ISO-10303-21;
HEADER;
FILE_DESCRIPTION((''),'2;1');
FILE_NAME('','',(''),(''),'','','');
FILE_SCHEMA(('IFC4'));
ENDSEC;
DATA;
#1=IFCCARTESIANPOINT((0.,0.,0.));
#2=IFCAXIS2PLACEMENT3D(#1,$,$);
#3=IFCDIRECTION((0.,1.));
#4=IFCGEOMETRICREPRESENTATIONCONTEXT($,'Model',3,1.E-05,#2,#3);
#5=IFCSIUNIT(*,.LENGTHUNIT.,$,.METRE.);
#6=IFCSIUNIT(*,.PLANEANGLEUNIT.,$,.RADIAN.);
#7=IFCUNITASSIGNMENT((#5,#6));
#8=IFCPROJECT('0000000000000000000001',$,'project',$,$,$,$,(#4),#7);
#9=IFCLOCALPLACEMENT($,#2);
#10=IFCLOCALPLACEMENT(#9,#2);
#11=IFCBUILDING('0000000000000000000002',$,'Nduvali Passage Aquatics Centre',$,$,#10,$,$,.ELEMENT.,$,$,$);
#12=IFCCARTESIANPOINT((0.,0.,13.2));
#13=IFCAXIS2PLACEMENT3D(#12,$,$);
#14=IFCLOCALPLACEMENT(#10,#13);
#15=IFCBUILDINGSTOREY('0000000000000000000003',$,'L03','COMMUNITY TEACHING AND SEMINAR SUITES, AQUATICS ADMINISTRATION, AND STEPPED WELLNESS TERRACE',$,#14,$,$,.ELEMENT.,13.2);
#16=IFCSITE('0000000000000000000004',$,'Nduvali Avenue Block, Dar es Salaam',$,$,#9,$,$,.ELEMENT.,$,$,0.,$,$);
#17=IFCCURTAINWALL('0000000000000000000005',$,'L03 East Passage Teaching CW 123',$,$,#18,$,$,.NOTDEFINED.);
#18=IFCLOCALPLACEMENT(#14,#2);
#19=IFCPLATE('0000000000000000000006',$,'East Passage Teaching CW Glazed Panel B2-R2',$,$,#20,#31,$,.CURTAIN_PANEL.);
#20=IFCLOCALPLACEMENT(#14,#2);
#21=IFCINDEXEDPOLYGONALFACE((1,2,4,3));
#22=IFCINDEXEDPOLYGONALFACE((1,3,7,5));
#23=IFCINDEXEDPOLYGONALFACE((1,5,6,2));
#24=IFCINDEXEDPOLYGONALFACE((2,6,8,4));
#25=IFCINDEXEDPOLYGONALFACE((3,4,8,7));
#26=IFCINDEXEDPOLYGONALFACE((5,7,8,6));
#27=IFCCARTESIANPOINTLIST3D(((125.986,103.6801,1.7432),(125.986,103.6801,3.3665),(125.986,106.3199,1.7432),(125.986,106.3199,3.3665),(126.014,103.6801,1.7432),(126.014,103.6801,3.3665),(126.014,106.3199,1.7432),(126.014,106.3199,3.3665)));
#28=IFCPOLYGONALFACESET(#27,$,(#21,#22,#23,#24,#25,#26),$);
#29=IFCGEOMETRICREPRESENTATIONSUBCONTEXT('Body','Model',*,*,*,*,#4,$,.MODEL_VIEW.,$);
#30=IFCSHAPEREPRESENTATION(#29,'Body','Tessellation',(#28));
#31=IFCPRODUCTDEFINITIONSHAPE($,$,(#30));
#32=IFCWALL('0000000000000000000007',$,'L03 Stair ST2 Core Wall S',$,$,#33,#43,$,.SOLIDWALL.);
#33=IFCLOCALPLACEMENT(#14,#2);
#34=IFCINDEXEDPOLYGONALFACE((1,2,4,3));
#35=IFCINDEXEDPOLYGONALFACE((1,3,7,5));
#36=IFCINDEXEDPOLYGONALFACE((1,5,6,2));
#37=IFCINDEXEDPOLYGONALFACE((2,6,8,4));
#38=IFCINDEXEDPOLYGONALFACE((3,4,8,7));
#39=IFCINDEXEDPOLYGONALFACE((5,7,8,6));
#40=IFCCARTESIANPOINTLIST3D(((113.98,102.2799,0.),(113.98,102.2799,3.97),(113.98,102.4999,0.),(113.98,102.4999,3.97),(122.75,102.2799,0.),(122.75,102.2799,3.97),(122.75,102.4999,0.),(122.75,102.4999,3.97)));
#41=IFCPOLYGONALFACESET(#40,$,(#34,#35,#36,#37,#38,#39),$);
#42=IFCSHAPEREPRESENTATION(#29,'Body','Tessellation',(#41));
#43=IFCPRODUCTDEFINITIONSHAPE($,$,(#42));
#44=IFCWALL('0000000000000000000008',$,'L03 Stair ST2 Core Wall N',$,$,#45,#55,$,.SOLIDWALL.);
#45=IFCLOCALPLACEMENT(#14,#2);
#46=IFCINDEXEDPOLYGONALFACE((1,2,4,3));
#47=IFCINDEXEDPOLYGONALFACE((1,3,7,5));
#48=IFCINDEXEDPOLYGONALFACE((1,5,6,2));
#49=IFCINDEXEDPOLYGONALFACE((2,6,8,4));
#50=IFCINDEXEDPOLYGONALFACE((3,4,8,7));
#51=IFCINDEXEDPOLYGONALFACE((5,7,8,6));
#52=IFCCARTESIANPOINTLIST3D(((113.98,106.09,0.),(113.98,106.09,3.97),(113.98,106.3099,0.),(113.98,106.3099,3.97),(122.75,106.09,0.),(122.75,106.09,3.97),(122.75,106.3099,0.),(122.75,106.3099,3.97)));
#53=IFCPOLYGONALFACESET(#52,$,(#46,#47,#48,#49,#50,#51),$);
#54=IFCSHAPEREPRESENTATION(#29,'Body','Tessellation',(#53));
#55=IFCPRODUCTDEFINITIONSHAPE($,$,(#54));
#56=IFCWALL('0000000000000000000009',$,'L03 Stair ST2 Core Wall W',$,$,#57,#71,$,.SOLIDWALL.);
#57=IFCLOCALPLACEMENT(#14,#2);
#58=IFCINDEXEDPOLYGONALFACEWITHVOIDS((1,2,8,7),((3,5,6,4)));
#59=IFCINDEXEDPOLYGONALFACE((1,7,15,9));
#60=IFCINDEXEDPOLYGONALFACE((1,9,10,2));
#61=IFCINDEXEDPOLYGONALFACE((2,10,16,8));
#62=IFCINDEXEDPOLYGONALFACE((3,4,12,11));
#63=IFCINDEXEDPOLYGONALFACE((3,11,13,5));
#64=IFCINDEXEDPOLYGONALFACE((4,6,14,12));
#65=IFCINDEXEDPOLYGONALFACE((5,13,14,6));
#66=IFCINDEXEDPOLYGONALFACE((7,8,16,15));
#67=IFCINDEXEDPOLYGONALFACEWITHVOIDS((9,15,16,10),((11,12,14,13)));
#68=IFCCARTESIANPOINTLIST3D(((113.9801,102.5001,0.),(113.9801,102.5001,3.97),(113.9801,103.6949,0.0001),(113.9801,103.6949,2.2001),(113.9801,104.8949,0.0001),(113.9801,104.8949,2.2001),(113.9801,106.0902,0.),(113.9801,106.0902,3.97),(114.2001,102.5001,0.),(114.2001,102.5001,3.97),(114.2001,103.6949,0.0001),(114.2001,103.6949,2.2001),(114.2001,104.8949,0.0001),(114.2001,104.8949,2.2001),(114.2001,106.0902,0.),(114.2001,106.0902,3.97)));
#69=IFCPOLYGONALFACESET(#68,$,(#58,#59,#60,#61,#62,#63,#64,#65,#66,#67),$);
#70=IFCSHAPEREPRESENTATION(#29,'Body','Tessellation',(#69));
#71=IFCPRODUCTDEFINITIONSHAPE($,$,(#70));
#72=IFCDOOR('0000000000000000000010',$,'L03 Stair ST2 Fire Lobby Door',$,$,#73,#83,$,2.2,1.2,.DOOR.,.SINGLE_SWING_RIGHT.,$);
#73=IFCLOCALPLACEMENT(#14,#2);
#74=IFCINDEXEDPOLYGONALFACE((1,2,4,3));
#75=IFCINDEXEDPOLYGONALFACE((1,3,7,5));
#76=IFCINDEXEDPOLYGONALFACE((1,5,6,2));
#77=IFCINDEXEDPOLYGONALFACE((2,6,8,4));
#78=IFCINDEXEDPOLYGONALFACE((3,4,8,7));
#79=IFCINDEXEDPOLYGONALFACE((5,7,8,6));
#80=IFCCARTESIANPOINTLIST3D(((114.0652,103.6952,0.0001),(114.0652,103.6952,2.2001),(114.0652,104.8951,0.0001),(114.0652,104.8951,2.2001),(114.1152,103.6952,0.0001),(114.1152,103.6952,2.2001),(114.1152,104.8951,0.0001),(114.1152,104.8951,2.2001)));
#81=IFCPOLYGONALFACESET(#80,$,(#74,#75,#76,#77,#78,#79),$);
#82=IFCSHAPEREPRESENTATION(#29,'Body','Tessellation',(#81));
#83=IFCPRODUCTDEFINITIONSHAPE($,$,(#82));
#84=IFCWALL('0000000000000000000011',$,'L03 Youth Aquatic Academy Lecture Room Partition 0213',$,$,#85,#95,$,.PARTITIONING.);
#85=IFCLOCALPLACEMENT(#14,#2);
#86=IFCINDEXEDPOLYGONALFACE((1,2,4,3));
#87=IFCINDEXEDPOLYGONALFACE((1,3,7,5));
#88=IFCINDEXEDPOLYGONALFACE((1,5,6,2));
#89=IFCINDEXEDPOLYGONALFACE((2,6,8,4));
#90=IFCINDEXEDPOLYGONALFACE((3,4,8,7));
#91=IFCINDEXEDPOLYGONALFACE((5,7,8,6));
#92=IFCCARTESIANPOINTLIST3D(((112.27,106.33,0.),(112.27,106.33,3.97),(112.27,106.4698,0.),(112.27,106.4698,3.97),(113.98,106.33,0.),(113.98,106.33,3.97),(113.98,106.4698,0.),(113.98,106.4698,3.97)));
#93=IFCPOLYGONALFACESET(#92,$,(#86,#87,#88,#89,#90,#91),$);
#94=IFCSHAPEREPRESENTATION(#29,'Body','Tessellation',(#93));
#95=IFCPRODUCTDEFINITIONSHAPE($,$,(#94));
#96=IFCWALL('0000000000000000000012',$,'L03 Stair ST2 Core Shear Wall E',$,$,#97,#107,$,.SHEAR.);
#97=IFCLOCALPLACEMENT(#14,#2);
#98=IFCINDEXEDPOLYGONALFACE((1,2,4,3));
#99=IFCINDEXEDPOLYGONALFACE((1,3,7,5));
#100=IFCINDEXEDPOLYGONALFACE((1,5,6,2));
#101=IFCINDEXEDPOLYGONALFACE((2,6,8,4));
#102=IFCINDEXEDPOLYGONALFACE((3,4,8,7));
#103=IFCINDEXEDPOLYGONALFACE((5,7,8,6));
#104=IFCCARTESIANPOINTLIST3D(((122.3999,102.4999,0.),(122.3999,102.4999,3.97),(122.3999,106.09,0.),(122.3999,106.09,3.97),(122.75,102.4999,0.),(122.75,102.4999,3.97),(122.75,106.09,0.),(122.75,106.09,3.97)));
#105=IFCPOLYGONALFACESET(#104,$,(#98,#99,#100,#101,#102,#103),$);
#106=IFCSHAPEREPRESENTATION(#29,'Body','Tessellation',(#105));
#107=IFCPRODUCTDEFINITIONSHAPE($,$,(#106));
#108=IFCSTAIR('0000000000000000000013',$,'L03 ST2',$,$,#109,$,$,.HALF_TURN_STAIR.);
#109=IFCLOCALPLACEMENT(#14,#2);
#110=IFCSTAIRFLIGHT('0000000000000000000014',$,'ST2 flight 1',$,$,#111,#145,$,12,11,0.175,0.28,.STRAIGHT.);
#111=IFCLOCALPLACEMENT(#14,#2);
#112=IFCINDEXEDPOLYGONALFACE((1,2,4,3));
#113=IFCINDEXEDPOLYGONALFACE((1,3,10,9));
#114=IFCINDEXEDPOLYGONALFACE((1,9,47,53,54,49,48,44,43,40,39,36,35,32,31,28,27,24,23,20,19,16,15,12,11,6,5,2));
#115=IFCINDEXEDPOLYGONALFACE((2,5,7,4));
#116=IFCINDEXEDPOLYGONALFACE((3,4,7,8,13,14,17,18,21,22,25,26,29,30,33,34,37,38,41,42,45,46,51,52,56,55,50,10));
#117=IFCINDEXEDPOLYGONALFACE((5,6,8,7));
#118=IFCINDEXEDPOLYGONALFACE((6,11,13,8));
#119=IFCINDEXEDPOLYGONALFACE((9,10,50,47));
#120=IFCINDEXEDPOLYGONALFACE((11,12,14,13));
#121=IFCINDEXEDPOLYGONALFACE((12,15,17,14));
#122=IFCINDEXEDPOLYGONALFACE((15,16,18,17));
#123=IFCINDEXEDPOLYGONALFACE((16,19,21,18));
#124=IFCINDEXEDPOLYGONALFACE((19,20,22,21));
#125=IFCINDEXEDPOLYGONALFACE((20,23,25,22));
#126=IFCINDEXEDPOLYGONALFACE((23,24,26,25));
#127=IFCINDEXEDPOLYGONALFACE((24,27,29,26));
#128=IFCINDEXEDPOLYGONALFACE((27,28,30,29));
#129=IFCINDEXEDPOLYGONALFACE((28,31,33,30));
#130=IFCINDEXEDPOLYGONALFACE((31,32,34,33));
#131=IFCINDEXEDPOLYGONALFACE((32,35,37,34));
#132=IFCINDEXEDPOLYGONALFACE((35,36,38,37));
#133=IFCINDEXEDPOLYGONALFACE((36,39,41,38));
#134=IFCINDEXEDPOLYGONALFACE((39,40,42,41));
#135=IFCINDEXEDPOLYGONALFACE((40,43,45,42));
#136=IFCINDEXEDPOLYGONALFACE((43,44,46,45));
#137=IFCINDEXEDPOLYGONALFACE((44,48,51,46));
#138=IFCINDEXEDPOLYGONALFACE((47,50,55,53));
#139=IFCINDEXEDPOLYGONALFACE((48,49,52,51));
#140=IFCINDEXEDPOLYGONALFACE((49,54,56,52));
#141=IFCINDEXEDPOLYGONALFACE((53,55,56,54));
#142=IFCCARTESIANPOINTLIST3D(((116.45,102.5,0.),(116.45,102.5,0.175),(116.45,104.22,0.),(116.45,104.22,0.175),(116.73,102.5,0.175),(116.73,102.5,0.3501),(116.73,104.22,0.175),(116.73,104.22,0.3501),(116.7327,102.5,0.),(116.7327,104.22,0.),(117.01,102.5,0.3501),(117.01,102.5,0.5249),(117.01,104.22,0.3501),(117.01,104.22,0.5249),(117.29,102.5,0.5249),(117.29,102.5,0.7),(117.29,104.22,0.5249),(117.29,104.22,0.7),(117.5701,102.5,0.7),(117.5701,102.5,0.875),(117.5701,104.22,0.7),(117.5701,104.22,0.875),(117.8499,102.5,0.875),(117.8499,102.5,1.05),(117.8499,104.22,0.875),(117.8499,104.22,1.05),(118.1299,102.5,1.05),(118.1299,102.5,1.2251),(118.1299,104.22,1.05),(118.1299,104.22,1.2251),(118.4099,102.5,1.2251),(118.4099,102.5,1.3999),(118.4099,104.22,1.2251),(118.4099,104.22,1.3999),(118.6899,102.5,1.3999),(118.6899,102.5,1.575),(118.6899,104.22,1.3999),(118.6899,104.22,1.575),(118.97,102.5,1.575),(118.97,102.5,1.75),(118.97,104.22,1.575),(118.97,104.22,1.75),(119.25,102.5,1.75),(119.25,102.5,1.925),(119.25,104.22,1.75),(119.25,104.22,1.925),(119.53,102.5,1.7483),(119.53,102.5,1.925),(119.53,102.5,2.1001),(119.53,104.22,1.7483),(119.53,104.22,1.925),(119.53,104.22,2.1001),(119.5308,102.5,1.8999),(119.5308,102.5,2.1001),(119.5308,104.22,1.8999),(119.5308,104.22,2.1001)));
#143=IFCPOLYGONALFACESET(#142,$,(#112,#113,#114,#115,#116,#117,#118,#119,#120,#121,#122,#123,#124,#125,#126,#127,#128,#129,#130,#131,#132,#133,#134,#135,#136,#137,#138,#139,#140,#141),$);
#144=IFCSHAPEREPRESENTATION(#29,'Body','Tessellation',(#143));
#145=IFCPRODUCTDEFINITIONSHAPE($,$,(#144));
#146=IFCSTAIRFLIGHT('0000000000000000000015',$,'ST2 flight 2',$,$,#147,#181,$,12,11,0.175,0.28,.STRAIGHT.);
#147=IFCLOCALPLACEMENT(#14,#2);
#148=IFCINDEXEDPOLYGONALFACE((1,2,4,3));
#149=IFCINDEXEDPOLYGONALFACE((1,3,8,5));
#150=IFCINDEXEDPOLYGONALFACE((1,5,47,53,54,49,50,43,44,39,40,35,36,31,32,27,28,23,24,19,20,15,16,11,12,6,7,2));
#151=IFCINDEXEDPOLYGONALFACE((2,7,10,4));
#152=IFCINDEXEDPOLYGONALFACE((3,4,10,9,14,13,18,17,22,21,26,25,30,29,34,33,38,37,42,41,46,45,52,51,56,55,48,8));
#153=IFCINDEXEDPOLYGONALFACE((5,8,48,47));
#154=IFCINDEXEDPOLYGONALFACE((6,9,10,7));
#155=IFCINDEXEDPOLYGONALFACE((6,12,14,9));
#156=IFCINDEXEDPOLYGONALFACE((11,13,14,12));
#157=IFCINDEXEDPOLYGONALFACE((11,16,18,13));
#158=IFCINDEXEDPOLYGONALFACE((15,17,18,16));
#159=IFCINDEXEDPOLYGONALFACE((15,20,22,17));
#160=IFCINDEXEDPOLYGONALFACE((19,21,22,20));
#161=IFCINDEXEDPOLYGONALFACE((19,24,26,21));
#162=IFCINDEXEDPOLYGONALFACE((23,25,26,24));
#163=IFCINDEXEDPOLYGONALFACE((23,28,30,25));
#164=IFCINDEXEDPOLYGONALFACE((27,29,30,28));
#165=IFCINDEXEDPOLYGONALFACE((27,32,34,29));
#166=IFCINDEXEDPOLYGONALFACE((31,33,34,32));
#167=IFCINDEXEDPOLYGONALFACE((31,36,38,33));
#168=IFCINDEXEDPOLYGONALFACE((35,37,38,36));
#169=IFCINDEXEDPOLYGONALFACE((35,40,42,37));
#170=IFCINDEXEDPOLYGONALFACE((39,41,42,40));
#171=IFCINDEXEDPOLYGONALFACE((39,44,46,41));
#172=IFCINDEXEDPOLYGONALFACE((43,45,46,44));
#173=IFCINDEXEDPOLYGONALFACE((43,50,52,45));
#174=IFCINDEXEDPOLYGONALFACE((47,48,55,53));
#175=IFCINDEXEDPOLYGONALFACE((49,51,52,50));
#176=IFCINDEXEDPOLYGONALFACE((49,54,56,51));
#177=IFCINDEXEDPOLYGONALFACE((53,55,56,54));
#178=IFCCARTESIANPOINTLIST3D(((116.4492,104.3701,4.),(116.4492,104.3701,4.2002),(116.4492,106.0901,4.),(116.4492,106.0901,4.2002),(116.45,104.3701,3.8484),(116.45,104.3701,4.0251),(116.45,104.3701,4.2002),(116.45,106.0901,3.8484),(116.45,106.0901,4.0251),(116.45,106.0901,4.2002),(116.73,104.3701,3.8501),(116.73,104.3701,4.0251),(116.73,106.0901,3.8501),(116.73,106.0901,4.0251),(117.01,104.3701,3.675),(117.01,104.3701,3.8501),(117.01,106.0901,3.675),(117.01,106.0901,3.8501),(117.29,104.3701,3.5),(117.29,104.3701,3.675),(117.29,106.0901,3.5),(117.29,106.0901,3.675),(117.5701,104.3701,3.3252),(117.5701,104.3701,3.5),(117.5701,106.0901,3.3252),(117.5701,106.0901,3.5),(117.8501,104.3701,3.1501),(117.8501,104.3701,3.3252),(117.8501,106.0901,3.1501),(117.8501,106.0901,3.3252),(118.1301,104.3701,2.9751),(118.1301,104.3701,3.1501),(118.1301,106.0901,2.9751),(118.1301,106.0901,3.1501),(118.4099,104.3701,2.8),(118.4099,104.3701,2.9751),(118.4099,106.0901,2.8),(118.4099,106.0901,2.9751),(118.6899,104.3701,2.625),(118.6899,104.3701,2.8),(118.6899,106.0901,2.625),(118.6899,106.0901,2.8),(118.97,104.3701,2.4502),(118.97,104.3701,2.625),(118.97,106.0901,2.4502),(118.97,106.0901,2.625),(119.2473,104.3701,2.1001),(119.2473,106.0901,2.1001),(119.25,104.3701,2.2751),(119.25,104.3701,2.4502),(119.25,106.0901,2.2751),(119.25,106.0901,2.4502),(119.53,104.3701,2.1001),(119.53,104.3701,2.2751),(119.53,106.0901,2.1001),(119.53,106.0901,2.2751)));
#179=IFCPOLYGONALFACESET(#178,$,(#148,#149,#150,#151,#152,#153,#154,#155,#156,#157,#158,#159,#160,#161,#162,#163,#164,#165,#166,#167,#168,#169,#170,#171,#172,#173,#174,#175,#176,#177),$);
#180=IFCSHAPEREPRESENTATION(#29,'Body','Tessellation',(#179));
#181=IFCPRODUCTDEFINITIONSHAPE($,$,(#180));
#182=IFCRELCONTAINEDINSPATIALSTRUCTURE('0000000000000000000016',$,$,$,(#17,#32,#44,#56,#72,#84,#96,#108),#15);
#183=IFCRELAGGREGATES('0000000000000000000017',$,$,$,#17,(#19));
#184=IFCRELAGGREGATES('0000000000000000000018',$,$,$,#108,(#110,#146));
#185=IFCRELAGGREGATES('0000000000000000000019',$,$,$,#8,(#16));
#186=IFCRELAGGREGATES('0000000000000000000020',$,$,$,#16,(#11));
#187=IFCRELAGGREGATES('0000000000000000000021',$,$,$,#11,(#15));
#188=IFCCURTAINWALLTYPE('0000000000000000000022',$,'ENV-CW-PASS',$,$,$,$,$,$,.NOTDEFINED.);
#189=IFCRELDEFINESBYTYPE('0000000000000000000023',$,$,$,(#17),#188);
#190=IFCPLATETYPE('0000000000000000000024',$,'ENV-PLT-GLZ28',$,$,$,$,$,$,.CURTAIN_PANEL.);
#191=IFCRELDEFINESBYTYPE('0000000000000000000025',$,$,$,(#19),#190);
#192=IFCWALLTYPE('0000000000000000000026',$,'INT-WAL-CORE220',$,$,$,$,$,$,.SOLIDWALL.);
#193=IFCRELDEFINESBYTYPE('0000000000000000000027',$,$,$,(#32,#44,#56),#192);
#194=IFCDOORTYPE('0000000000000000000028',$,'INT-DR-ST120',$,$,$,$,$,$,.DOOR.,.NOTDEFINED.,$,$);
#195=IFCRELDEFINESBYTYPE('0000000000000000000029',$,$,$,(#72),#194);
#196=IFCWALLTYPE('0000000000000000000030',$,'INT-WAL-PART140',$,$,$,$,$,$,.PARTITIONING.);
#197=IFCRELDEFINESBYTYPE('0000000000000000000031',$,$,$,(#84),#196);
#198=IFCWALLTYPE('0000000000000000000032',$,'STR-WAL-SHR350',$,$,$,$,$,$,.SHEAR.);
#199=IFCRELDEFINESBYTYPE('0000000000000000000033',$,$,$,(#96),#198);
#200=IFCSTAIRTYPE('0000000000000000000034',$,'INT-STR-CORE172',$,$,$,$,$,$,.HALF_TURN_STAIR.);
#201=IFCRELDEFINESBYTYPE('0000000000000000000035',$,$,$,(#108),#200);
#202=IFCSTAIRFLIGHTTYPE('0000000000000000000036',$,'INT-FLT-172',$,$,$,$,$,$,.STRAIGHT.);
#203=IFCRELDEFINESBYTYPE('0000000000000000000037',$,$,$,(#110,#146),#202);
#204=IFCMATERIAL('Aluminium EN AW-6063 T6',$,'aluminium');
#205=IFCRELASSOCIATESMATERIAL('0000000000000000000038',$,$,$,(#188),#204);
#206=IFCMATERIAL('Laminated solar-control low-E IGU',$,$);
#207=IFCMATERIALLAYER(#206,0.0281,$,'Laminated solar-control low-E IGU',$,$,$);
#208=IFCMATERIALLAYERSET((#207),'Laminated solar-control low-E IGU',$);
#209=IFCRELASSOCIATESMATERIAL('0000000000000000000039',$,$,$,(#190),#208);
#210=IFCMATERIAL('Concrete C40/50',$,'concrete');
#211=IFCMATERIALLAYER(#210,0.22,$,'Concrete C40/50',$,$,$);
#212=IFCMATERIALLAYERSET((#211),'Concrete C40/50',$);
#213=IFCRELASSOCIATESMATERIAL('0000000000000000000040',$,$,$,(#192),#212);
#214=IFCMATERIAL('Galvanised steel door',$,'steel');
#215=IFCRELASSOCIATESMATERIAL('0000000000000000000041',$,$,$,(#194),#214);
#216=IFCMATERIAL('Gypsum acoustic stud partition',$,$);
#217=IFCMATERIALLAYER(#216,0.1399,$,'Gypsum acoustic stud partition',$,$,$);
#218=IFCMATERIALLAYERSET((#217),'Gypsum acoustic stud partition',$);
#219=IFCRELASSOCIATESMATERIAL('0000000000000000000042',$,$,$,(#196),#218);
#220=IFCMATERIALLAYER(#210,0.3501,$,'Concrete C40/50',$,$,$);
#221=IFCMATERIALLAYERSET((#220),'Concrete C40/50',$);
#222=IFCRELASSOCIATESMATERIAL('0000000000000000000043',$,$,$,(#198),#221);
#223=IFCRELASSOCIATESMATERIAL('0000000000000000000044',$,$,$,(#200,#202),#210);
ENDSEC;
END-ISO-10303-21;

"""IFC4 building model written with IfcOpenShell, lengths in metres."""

from ifc_helpers import new_model, si_unit, direction, frame, frame_2d, origin, origin_2d, place, context, subcontext, project, spatial, polyline, rectangle, outline, extrude, material, layer, layer_set, type_object, element, fill, aggregate, save


model = new_model("IFC4")

# Units and contexts
model_context = context("Model", 3, precision=1e-05, world=origin(), true_north=direction((0.0, 1.0)))
body_context = subcontext(model_context, "Body", "Model", "MODEL_VIEW")
ifc_project = project(units=[si_unit("LENGTHUNIT", "METRE"), si_unit("PLANEANGLEUNIT", "RADIAN")], contexts=[model_context])

# Site, building, storey
site_placement = place(None, origin())
site = spatial("IfcSite", under=ifc_project, at=site_placement, Name="Nduvali Avenue Block, Dar es Salaam", CompositionType="ELEMENT", RefElevation=0.0)
building_placement = place(site_placement, origin())
building = spatial("IfcBuilding", under=site, at=building_placement, Name="Nduvali Passage Aquatics Centre", CompositionType="ELEMENT")
storey_placement = place(building_placement, frame((0.0, 0.0, 13.2)))
storey = spatial("IfcBuildingStorey", under=building, at=storey_placement, Name="L03", Description="COMMUNITY TEACHING AND SEMINAR SUITES, AQUATICS ADMINISTRATION, AND STEPPED WELLNESS TERRACE", CompositionType="ELEMENT", Elevation=13.2)

# Shared definitions
ifc_material_1 = material(Name="Aluminium EN AW-6063 T6", Category="aluminium")
curtain_wall_type = type_object("IfcCurtainWallType", Name="ENV-CW-PASS", PredefinedType="NOTDEFINED", material=ifc_material_1)

# Curtain wall
curtain_wall_1_placement = place(storey_placement, origin())
curtain_wall_1 = element("IfcCurtainWall", 1, at=curtain_wall_1_placement, inside=storey, type_object=curtain_wall_type, Name="L03 East Passage Teaching CW 123", PredefinedType="NOTDEFINED")

# Plate
ifc_material_2 = material(Name="Laminated solar-control low-E IGU")
ifc_layer_1 = layer(ifc_material_2, 0.0281, Name="Laminated solar-control low-E IGU")
ifc_layer_set_1 = layer_set([ifc_layer_1], Name="Laminated solar-control low-E IGU")
plate_type = type_object("IfcPlateType", Name="ENV-PLT-GLZ28", PredefinedType="CURTAIN_PANEL", material=ifc_layer_set_1)
plate_1_placement = place(storey_placement, frame((126.0, 105.0, 1.7432), z_axis=(0.0, 0.0, 1.0), x_axis=(0.0, 1.0, 0.0)))
plate_1 = element("IfcPlate", 2, at=plate_1_placement, type_object=plate_type, Name="East Passage Teaching CW Glazed Panel B2-R2", PredefinedType="CURTAIN_PANEL", context=body_context, shape_type="SweptSolid", body=[
    extrude(rectangle(XDim=2.6399, YDim=0.0281, at=origin_2d()), origin(), (0.0, 0.0, 1.0), 1.6233),
])
aggregate(curtain_wall_1, [plate_1])

# Walls
ifc_material_3 = material(Name="Concrete C40/50", Category="concrete")
ifc_layer_2 = layer(ifc_material_3, 0.22, Name="Concrete C40/50")
ifc_layer_set_2 = layer_set([ifc_layer_2], Name="Concrete C40/50")
wall_type_1 = type_object("IfcWallType", Name="INT-WAL-CORE220", PredefinedType="SOLIDWALL", material=ifc_layer_set_2)
for number, where, z_axis, x_axis, name in (
    (3, (113.98, 102.3899, 0.0), (0.0, 0.0, 1.0), (1.0, 0.0, 0.0), "L03 Stair ST2 Core Wall S"),
    (4, (122.75, 106.2, 0.0), (0.0, 0.0, 1.0), (-1.0, 0.0, 0.0), "L03 Stair ST2 Core Wall N"),
):
    element("IfcWall", number, at=place(storey_placement, frame(where, z_axis=z_axis, x_axis=x_axis)), inside=storey, type_object=wall_type_1, Name=name, PredefinedType="SOLIDWALL", context=body_context, shape_type="SweptSolid", body=[
        extrude(rectangle(XDim=8.77, YDim=0.22, at=frame_2d((4.385, 0.0))), origin(), (0.0, 0.0, 1.0), 3.97),
    ])

# Wall, opening, door
wall_1_placement = place(storey_placement, frame((114.0901, 106.0901, 0.0), z_axis=(0.0, 0.0, 1.0), x_axis=(0.0, -1.0, 0.0)))
wall_1 = element("IfcWall", 5, at=wall_1_placement, inside=storey, type_object=wall_type_1, Name="L03 Stair ST2 Core Wall W", PredefinedType="SOLIDWALL", context=body_context, shape_type="SweptSolid", body=[
    extrude(rectangle(XDim=3.5901, YDim=0.22, at=frame_2d((1.7949, 0.0))), origin(), (0.0, 0.0, 1.0), 3.97),
])
opening_placement = place(wall_1_placement, frame((1.1951, 0.0, 0.0)))
opening = element("IfcOpeningElement", 6, at=opening_placement, cuts=wall_1, PredefinedType="OPENING", context=body_context, shape_type="SweptSolid", body=[
    extrude(rectangle(XDim=1.2, YDim=2.2, at=frame_2d((0.6001, 1.1001))), frame((0.0, 0.125, 0.0), z_axis=(0.0, -1.0, 0.0), x_axis=(1.0, 0.0, 0.0)), (0.0, 0.0, 1.0), 0.2498),
])
ifc_material_4 = material(Name="Galvanised steel door", Category="steel")
door_type = type_object("IfcDoorType", Name="INT-DR-ST120", OperationType="NOTDEFINED", PredefinedType="DOOR", material=ifc_material_4)
door_placement = place(opening_placement, frame((1.2, 0.0, 0.0), z_axis=(0.0, 0.0, 1.0), x_axis=(-1.0, 0.0, 0.0)))
door = element("IfcDoor", 7, at=door_placement, inside=storey, type_object=door_type, Name="L03 Stair ST2 Fire Lobby Door", OperationType="SINGLE_SWING_RIGHT", OverallHeight=2.2, OverallWidth=1.2, PredefinedType="DOOR", context=body_context, shape_type="SweptSolid", body=[
    extrude(rectangle(XDim=1.2, YDim=2.2, at=frame_2d((0.6001, 1.1001))), frame((0.0, 0.0249, 0.0), z_axis=(0.0, -1.0, 0.0), x_axis=(1.0, 0.0, 0.0)), (0.0, 0.0, 1.0), 0.05),
])
fill(opening, door)

# Walls
ifc_material_5 = material(Name="Gypsum acoustic stud partition")
ifc_layer_3 = layer(ifc_material_5, 0.1399, Name="Gypsum acoustic stud partition")
ifc_layer_set_3 = layer_set([ifc_layer_3], Name="Gypsum acoustic stud partition")
wall_type_2 = type_object("IfcWallType", Name="INT-WAL-PART140", PredefinedType="PARTITIONING", material=ifc_layer_set_3)
wall_2_placement = place(storey_placement, frame((112.27, 106.3999, 0.0), z_axis=(0.0, 0.0, 1.0), x_axis=(1.0, 0.0, 0.0)))
element("IfcWall", 8, at=wall_2_placement, inside=storey, type_object=wall_type_2, Name="L03 Youth Aquatic Academy Lecture Room Partition 0213", PredefinedType="PARTITIONING", context=body_context, shape_type="SweptSolid", body=[
    extrude(rectangle(XDim=1.71, YDim=0.1399, at=frame_2d((0.855, 0.0))), origin(), (0.0, 0.0, 1.0), 3.97),
])
ifc_layer_4 = layer(ifc_material_3, 0.3501, Name="Concrete C40/50")
ifc_layer_set_4 = layer_set([ifc_layer_4], Name="Concrete C40/50")
wall_type_3 = type_object("IfcWallType", Name="STR-WAL-SHR350", PredefinedType="SHEAR", material=ifc_layer_set_4)
wall_3_placement = place(storey_placement, frame((122.575, 102.5, 0.0), z_axis=(0.0, 0.0, 1.0), x_axis=(0.0, 1.0, 0.0)))
element("IfcWall", 9, at=wall_3_placement, inside=storey, type_object=wall_type_3, Name="L03 Stair ST2 Core Shear Wall E", PredefinedType="SHEAR", context=body_context, shape_type="SweptSolid", body=[
    extrude(rectangle(XDim=3.5901, YDim=0.3501, at=frame_2d((1.7949, 0.0))), origin(), (0.0, 0.0, 1.0), 3.97),
])

# Stair, stair flights
stair_type = type_object("IfcStairType", Name="INT-STR-CORE172", PredefinedType="HALF_TURN_STAIR", material=ifc_material_3)
stair_placement = place(storey_placement, origin())
stair = element("IfcStair", 10, at=stair_placement, inside=storey, type_object=stair_type, Name="L03 ST2", PredefinedType="HALF_TURN_STAIR")
stair_flight_type = type_object("IfcStairFlightType", Name="INT-FLT-172", PredefinedType="STRAIGHT", material=ifc_material_3)
stair_flight_1_placement = place(storey_placement, frame((116.45, 103.3601, 0.0), z_axis=(0.0, 0.0, 1.0), x_axis=(1.0, 0.0, 0.0)))
stair_flight_1 = element("IfcStairFlight", 11, at=stair_flight_1_placement, type_object=stair_flight_type, Name="ST2 flight 1", NumberOfRisers=12, NumberOfTreads=11, PredefinedType="STRAIGHT", RiserHeight=0.175, TreadLength=0.28, context=body_context, shape_type="SweptSolid", body=[
    extrude(outline(polyline([(0.0, 0.0), (0.0, 0.175), (0.28, 0.175), (0.28, 0.3501), (0.5601, 0.3501), (0.5601, 0.5249), (0.8401, 0.5249), (0.8401, 0.7), (1.1201, 0.7), (1.1201, 0.875), (1.3999, 0.875), (1.3999, 1.05), (1.6799, 1.05), (1.6799, 1.2251), (1.96, 1.2251), (1.96, 1.3999), (2.24, 1.3999), (2.24, 1.575), (2.52, 1.575), (2.52, 1.75), (2.8, 1.75), (2.8, 1.925), (3.0801, 1.925), (3.0801, 2.1001), (3.0808, 2.1001), (3.0808, 1.8999), (3.0801, 1.7483), (0.2827, 0.0), (0.0, 0.0)])), frame((0.0, 0.8599, 0.0), z_axis=(0.0, -1.0, 0.0), x_axis=(1.0, 0.0, 0.0)), (0.0, 0.0, 1.0), 1.72),
])
stair_flight_2_placement = place(storey_placement, frame((119.53, 105.23, 2.1001), z_axis=(0.0, 0.0, 1.0), x_axis=(-1.0, 0.0, 0.0)))
stair_flight_2 = element("IfcStairFlight", 12, at=stair_flight_2_placement, type_object=stair_flight_type, Name="ST2 flight 2", NumberOfRisers=12, NumberOfTreads=11, PredefinedType="STRAIGHT", RiserHeight=0.175, TreadLength=0.28, context=body_context, shape_type="SweptSolid", body=[
    extrude(outline(polyline([(0.0, 0.0), (0.0, 0.175), (0.28, 0.175), (0.28, 0.3501), (0.5601, 0.3501), (0.5601, 0.5249), (0.8401, 0.5249), (0.8401, 0.7), (1.1201, 0.7), (1.1201, 0.875), (1.3999, 0.875), (1.3999, 1.05), (1.6799, 1.05), (1.6799, 1.2251), (1.96, 1.2251), (1.96, 1.3999), (2.24, 1.3999), (2.24, 1.575), (2.52, 1.575), (2.52, 1.75), (2.8, 1.75), (2.8, 1.925), (3.0801, 1.925), (3.0801, 2.1001), (3.0808, 2.1001), (3.0808, 1.8999), (3.0801, 1.7483), (0.2827, 0.0), (0.0, 0.0)])), frame((0.0, 0.8599, 0.0), z_axis=(0.0, -1.0, 0.0), x_axis=(1.0, 0.0, 0.0)), (0.0, 0.0, 1.0), 1.72),
])
aggregate(stair, [stair_flight_1, stair_flight_2])

save(model, "model.ifc")
